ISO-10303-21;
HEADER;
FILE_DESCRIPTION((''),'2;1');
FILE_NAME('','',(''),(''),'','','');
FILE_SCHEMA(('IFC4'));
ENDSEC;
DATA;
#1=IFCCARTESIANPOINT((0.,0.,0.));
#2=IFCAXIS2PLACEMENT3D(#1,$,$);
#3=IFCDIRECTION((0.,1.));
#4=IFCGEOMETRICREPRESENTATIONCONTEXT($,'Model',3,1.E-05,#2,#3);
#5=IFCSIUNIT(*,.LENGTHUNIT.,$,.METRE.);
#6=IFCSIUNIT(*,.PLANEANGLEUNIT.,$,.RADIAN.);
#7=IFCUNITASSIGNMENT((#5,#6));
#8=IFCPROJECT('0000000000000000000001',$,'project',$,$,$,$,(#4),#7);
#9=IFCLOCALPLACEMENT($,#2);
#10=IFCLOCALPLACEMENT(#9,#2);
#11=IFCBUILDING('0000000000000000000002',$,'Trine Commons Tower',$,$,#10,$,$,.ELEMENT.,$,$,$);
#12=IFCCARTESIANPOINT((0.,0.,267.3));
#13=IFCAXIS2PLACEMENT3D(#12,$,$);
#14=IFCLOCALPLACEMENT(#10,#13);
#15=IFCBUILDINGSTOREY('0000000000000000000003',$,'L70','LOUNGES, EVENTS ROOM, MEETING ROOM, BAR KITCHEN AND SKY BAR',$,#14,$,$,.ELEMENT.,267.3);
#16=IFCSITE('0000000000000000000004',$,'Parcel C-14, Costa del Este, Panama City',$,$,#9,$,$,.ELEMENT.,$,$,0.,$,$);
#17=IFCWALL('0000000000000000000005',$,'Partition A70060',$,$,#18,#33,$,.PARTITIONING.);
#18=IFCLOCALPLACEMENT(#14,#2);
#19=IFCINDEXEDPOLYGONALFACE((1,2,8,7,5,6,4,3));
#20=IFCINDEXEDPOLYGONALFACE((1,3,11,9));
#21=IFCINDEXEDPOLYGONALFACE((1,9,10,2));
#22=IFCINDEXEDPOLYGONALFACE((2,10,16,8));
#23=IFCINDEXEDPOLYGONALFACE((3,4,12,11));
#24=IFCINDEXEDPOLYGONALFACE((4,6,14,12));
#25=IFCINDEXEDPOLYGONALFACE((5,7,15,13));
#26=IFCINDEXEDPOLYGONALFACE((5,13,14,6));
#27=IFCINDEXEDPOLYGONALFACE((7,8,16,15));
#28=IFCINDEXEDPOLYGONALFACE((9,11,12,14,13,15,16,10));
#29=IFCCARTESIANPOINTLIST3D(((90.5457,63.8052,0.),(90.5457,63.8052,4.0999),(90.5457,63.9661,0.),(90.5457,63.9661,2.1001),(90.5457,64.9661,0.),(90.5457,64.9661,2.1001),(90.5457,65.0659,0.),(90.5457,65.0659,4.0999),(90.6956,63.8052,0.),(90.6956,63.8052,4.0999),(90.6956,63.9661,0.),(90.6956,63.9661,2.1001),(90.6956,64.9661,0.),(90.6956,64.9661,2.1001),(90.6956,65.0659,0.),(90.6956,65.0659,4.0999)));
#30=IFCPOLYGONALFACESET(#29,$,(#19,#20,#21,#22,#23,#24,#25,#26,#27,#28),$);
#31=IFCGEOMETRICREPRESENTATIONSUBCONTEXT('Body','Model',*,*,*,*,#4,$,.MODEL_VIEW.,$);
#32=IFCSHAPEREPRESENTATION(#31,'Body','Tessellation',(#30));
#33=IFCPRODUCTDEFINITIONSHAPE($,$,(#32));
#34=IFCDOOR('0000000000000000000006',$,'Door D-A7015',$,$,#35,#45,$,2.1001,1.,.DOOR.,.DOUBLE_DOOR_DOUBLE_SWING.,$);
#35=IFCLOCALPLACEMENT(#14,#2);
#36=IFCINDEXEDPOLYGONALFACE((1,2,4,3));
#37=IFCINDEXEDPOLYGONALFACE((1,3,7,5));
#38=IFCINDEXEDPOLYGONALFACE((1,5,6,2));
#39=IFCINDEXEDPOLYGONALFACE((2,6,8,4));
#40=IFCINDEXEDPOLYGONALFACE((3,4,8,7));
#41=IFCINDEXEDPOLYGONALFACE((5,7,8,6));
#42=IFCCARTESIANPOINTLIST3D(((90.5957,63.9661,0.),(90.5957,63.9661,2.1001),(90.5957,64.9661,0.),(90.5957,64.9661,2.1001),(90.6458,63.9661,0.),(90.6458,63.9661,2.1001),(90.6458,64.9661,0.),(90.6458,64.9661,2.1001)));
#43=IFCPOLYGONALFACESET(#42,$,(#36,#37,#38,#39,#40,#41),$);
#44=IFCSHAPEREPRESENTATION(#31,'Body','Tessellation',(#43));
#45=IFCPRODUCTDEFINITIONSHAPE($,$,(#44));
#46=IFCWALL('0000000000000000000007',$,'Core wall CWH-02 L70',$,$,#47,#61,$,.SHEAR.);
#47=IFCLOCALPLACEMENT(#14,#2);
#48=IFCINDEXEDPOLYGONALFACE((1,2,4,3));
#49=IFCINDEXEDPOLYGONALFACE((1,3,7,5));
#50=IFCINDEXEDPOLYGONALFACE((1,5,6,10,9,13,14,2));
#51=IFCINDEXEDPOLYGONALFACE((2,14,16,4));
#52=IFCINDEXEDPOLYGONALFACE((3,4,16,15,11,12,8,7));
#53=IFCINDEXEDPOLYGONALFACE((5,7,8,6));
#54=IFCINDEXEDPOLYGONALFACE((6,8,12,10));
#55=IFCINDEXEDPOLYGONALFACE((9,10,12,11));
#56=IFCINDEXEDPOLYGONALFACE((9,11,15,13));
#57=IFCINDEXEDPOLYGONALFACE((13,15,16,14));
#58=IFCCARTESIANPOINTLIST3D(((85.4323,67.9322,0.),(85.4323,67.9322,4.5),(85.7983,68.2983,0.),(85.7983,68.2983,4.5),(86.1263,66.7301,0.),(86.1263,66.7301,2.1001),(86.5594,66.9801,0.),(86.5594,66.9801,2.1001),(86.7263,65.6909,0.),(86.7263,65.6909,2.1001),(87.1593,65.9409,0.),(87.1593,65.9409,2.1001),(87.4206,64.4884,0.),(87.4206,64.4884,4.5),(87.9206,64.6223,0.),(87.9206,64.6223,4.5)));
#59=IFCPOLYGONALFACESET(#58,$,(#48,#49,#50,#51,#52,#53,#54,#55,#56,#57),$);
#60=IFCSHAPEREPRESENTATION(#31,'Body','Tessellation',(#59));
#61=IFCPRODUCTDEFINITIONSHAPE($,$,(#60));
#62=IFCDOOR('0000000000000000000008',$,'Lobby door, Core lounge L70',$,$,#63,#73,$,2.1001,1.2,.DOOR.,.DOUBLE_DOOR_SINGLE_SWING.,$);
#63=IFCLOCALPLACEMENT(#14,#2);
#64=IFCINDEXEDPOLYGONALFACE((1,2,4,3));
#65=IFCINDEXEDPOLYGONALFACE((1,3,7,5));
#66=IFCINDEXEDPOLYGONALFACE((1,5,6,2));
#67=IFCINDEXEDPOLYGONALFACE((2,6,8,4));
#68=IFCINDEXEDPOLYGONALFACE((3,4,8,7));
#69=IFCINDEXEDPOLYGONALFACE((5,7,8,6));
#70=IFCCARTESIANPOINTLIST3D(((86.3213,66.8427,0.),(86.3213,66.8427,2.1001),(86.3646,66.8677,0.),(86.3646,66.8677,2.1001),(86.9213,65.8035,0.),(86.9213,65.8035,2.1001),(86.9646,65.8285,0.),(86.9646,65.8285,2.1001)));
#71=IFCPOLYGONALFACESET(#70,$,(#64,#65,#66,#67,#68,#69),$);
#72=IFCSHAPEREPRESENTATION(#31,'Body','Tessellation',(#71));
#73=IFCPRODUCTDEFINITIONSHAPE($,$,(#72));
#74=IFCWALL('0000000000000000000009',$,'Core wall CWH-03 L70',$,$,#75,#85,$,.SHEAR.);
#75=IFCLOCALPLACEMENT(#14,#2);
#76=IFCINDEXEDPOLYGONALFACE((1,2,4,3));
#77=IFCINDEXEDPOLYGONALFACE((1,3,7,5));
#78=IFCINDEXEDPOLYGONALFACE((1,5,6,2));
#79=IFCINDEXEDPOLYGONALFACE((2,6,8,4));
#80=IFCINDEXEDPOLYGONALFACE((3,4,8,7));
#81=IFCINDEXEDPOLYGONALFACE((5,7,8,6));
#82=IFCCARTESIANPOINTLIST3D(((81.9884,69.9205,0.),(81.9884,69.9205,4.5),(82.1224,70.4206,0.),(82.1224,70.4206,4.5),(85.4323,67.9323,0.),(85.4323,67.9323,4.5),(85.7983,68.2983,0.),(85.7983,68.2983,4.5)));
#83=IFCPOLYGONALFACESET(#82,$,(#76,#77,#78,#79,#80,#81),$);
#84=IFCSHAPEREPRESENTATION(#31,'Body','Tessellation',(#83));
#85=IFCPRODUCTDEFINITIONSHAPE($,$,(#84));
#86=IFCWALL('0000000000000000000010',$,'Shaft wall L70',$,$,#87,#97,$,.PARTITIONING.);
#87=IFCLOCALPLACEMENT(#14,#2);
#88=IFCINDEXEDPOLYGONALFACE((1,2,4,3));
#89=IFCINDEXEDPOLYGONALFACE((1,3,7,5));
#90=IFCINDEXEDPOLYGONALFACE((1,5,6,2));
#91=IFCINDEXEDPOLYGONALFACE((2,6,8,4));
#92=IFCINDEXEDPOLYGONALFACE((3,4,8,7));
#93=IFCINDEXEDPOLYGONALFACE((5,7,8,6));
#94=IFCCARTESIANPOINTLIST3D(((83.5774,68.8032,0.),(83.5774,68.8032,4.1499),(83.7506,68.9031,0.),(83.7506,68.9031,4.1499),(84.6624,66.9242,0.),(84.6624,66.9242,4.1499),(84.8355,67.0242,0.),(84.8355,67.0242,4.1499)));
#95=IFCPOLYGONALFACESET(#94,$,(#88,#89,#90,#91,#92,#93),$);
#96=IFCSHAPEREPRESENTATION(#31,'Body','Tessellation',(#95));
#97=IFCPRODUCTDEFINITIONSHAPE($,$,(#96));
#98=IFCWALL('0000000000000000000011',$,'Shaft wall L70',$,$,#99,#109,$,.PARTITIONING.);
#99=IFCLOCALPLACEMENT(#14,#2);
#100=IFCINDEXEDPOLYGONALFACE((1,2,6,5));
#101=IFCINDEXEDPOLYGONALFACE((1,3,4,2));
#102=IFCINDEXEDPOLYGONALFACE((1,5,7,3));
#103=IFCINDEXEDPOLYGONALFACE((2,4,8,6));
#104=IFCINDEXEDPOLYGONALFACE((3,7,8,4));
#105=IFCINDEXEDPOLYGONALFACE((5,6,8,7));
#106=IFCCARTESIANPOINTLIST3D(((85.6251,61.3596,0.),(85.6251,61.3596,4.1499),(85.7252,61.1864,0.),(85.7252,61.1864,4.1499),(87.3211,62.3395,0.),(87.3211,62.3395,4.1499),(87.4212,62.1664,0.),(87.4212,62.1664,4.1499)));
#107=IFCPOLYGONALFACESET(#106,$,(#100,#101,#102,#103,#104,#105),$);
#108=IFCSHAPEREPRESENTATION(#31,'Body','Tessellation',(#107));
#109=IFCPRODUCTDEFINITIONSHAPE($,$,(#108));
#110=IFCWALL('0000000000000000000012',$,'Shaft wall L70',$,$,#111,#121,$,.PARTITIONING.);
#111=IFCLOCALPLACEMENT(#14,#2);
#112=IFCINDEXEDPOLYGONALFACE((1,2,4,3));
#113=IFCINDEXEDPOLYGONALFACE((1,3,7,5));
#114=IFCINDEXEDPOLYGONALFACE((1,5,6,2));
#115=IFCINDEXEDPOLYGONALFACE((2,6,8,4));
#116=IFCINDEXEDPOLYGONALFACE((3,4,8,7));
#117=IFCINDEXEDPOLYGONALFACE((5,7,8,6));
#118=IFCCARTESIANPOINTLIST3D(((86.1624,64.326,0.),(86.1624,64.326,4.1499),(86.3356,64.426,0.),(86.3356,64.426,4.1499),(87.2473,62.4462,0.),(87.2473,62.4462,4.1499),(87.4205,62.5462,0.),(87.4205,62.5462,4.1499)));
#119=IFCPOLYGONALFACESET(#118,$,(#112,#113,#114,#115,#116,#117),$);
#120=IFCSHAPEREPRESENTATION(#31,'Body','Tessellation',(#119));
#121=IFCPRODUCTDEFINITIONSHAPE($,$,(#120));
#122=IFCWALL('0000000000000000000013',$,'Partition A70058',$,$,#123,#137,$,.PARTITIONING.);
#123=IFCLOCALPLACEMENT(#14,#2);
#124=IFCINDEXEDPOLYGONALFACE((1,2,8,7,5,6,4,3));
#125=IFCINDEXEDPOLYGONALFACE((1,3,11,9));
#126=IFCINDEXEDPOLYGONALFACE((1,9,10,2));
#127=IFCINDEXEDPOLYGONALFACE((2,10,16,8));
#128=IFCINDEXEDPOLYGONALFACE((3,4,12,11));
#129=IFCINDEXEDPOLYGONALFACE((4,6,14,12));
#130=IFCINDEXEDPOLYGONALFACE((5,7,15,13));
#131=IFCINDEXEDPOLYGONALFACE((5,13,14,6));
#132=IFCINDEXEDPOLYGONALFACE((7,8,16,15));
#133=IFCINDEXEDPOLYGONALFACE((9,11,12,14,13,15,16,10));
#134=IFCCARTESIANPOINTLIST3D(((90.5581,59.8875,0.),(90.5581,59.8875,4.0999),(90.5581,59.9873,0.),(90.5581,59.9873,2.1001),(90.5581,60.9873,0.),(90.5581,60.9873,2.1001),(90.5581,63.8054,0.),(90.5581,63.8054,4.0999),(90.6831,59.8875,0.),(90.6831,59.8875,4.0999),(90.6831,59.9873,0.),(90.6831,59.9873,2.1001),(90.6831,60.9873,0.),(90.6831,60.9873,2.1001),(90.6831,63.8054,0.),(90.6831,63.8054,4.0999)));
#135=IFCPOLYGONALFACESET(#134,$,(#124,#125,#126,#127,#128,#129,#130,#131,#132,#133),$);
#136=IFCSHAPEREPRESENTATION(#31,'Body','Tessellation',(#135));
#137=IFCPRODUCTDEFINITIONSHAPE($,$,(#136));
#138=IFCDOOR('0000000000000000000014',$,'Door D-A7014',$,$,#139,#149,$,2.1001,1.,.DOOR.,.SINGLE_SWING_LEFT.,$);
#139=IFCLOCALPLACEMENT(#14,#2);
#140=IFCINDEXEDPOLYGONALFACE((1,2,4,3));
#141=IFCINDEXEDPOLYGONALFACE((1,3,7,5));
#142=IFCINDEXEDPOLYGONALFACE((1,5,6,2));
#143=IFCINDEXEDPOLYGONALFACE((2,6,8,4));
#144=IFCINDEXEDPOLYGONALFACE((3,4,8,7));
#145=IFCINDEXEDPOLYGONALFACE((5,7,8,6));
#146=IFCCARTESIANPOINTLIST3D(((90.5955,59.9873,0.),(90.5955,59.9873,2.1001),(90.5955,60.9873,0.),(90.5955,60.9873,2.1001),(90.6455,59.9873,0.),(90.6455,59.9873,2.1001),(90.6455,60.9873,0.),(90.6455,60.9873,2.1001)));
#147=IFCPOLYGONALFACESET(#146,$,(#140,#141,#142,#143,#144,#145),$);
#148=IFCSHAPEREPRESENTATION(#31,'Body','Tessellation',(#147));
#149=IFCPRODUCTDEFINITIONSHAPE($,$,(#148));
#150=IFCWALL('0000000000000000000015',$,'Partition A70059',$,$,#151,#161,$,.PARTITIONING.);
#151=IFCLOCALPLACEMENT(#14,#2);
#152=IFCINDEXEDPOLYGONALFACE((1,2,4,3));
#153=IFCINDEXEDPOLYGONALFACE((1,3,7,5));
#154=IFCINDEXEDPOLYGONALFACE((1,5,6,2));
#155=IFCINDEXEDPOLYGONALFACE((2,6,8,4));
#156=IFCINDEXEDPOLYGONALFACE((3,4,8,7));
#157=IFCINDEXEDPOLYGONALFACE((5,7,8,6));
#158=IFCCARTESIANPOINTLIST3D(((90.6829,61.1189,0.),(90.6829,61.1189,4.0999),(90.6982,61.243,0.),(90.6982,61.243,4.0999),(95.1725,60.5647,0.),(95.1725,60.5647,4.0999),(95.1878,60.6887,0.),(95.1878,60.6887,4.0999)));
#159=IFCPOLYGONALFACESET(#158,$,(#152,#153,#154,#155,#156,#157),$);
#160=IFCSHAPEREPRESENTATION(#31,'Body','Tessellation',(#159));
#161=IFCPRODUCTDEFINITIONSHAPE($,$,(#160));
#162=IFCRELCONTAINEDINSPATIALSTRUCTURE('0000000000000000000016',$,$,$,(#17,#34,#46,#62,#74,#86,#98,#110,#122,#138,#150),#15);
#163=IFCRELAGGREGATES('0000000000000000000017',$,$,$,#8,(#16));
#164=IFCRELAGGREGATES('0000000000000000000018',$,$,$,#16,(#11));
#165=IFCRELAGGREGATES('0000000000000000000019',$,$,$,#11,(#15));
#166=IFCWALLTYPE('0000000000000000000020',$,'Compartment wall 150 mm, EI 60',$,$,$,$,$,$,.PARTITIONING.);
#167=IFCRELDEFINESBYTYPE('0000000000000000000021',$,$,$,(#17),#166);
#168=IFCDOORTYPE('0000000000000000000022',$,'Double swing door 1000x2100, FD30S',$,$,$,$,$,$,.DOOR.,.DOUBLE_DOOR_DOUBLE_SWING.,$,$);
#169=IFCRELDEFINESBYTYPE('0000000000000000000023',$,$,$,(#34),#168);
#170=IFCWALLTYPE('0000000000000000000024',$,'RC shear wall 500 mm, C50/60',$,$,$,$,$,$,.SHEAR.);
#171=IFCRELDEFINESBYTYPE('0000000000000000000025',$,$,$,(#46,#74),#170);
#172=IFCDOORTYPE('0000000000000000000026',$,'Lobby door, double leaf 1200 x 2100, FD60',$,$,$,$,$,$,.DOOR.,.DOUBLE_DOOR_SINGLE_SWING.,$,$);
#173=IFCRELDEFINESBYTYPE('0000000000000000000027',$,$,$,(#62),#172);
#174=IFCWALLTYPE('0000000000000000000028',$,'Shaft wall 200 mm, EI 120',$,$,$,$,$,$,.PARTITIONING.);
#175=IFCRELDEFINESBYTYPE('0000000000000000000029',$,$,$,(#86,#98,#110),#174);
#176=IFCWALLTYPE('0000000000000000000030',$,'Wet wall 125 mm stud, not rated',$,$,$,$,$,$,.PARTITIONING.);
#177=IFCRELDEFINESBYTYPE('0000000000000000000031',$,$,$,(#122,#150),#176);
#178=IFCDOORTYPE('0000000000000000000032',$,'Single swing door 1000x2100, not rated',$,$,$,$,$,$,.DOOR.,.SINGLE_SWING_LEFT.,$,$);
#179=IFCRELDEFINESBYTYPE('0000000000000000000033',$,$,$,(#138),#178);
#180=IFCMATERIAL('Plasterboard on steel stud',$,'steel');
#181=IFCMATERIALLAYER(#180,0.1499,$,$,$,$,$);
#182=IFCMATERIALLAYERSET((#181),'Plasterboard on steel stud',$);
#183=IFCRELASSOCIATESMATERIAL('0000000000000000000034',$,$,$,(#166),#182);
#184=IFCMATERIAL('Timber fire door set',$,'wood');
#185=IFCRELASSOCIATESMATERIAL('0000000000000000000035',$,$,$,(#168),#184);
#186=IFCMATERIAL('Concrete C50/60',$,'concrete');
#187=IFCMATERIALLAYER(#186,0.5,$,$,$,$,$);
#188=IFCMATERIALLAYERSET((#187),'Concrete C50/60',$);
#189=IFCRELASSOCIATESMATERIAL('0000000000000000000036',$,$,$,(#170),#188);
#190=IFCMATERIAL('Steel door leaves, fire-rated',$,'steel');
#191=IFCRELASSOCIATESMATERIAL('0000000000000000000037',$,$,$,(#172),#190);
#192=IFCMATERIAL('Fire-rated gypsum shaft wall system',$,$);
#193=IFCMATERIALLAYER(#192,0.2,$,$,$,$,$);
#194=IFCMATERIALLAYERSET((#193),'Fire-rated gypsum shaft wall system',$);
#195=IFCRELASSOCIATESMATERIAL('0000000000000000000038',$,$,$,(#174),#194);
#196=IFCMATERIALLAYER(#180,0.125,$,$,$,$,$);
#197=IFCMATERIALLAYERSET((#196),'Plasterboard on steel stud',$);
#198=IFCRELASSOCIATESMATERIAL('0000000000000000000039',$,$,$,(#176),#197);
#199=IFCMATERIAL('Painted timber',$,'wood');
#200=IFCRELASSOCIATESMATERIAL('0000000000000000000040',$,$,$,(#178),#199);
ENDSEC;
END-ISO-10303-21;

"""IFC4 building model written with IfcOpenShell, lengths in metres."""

from ifc_helpers import new_model, si_unit, direction, frame, frame_2d, origin, place, context, subcontext, project, spatial, polyline, rectangle, outline, extrude, material, layer, layer_set, type_object, element, fill, save


model = new_model("IFC4")

# Units and contexts
model_context = context("Model", 3, precision=1e-05, world=origin(), true_north=direction((0.0, 1.0)))
body_context = subcontext(model_context, "Body", "Model", "MODEL_VIEW")
ifc_project = project(units=[si_unit("LENGTHUNIT", "METRE"), si_unit("PLANEANGLEUNIT", "RADIAN")], contexts=[model_context])

# Site, building, storey
site_placement = place(None, origin())
site = spatial("IfcSite", under=ifc_project, at=site_placement, Name="Parcel C-14, Costa del Este, Panama City", CompositionType="ELEMENT", RefElevation=0.0)
building_placement = place(site_placement, origin())
building = spatial("IfcBuilding", under=site, at=building_placement, Name="Trine Commons Tower", CompositionType="ELEMENT")
storey_placement = place(building_placement, frame((0.0, 0.0, 267.3)))
storey = spatial("IfcBuildingStorey", under=building, at=storey_placement, Name="L70", Description="LOUNGES, EVENTS ROOM, MEETING ROOM, BAR KITCHEN AND SKY BAR", CompositionType="ELEMENT", Elevation=267.3)

# Walls, openings, doors
ifc_material_1 = material(Name="Plasterboard on steel stud", Category="steel")
ifc_layer_1 = layer(ifc_material_1, 0.1499)
ifc_layer_set_1 = layer_set([ifc_layer_1], Name="Plasterboard on steel stud")
wall_type_1 = type_object("IfcWallType", Name="Compartment wall 150 mm, EI 60", PredefinedType="PARTITIONING", material=ifc_layer_set_1)
wall_1_placement = place(storey_placement, frame((90.6206, 63.8052, 0.0), z_axis=(0.0, 0.0, 1.0), x_axis=(0.0, 1.0, 0.0)))
wall_1 = element("IfcWall", 1, at=wall_1_placement, inside=storey, type_object=wall_type_1, Name="Partition A70060", PredefinedType="PARTITIONING", context=body_context, shape_type="SweptSolid", body=[
    extrude(rectangle(XDim=1.2607, YDim=0.1499, at=frame_2d((0.6304, 0.0))), origin(), (0.0, 0.0, 1.0), 4.0999),
])
opening_1_placement = place(wall_1_placement, frame((0.1609, 0.0, 0.0)))
opening_1 = element("IfcOpeningElement", 2, at=opening_1_placement, cuts=wall_1, PredefinedType="OPENING", context=body_context, shape_type="SweptSolid", body=[
    extrude(rectangle(XDim=1.0, YDim=2.1001, at=frame_2d((0.5, 1.05))), frame((0.0, 0.085, 0.0), z_axis=(0.0, -1.0, 0.0), x_axis=(1.0, 0.0, 0.0)), (0.0, 0.0, 1.0), 0.1699),
])
ifc_material_2 = material(Name="Timber fire door set", Category="wood")
door_type_1 = type_object("IfcDoorType", Name="Double swing door 1000x2100, FD30S", OperationType="DOUBLE_DOOR_DOUBLE_SWING", PredefinedType="DOOR", material=ifc_material_2)
door_1_placement = place(opening_1_placement, origin())
door_1 = element("IfcDoor", 3, at=door_1_placement, inside=storey, type_object=door_type_1, Name="Door D-A7015", OperationType="DOUBLE_DOOR_DOUBLE_SWING", OverallHeight=2.1001, OverallWidth=1.0, PredefinedType="DOOR", context=body_context, shape_type="SweptSolid", body=[
    extrude(rectangle(XDim=1.0, YDim=2.1001, at=frame_2d((0.5, 1.05))), frame((0.0, 0.0249, 0.0), z_axis=(0.0, -1.0, 0.0), x_axis=(1.0, 0.0, 0.0)), (0.0, 0.0, 1.0), 0.05),
])
fill(opening_1, door_1)
ifc_material_3 = material(Name="Concrete C50/60", Category="concrete")
ifc_layer_2 = layer(ifc_material_3, 0.5)
ifc_layer_set_2 = layer_set([ifc_layer_2], Name="Concrete C50/60")
wall_type_2 = type_object("IfcWallType", Name="RC shear wall 500 mm, C50/60", PredefinedType="SHEAR", material=ifc_layer_set_2)
wall_2_placement = place(storey_placement, frame((87.7041, 64.4973, 0.0), z_axis=(0.0, 0.0, 1.0), x_axis=(-0.499993, 0.866029, 0.0)))
wall_2 = element("IfcWall", 4, at=wall_2_placement, inside=storey, type_object=wall_type_2, Name="Core wall CWH-02 L70", PredefinedType="SHEAR", context=body_context, shape_type="SweptSolid", body=[
    extrude(outline(polyline([(0.0, -0.25), (4.2446, -0.25), (4.1106, 0.25), (0.134, 0.25), (0.0, -0.25)])), origin(), (0.0, 0.0, 1.0), 4.5),
])
opening_2_placement = place(wall_2_placement, frame((1.5225, 0.0, 0.0)))
opening_2 = element("IfcOpeningElement", 5, at=opening_2_placement, cuts=wall_2, PredefinedType="OPENING", context=body_context, shape_type="SweptSolid", body=[
    extrude(rectangle(XDim=1.2, YDim=2.1001, at=frame_2d((0.6001, 1.05))), frame((0.0, 0.26, 0.0), z_axis=(0.0, -1.0, 0.0), x_axis=(1.0, 0.0, 0.0)), (0.0, 0.0, 1.0), 0.52),
])
ifc_material_4 = material(Name="Steel door leaves, fire-rated", Category="steel")
door_type_2 = type_object("IfcDoorType", Name="Lobby door, double leaf 1200 x 2100, FD60", OperationType="DOUBLE_DOOR_SINGLE_SWING", PredefinedType="DOOR", material=ifc_material_4)
door_2_placement = place(opening_2_placement, origin())
door_2 = element("IfcDoor", 6, at=door_2_placement, inside=storey, type_object=door_type_2, Name="Lobby door, Core lounge L70", OperationType="DOUBLE_DOOR_SINGLE_SWING", OverallHeight=2.1001, OverallWidth=1.2, PredefinedType="DOOR", context=body_context, shape_type="SweptSolid", body=[
    extrude(rectangle(XDim=1.2, YDim=2.1001, at=frame_2d((0.6001, 1.05))), frame((0.0, 0.0249, 0.0), z_axis=(0.0, -1.0, 0.0), x_axis=(1.0, 0.0, 0.0)), (0.0, 0.0, 1.0), 0.05),
])
fill(opening_2, door_2)

# Walls
wall_3_placement = place(storey_placement, frame((85.6733, 68.0818, 0.0), z_axis=(0.0, 0.0, 1.0), x_axis=(-0.866029, 0.499993, 0.0)))
element("IfcWall", 7, at=wall_3_placement, inside=storey, type_object=wall_type_2, Name="Core wall CWH-03 L70", PredefinedType="SHEAR", context=body_context, shape_type="SweptSolid", body=[
    extrude(outline(polyline([(0.0, -0.25), (4.2446, -0.25), (4.1106, 0.25), (0.134, 0.25), (0.0, -0.25)])), origin(), (0.0, 0.0, 1.0), 4.5),
])
ifc_material_5 = material(Name="Fire-rated gypsum shaft wall system")
ifc_layer_3 = layer(ifc_material_5, 0.2)
ifc_layer_set_3 = layer_set([ifc_layer_3], Name="Fire-rated gypsum shaft wall system")
wall_type_3 = type_object("IfcWallType", Name="Shaft wall 200 mm, EI 120", PredefinedType="PARTITIONING", material=ifc_layer_set_3)
wall_4_placement = place(storey_placement, frame((84.749, 66.9741, 0.0), z_axis=(0.0, 0.0, 1.0), x_axis=(-0.50006, 0.865991, 0.0)))
element("IfcWall", 8, at=wall_4_placement, inside=storey, type_object=wall_type_3, Name="Shaft wall L70", PredefinedType="PARTITIONING", context=body_context, shape_type="SweptSolid", body=[
    extrude(rectangle(XDim=2.1697, YDim=0.2, at=frame_2d((1.085, 0.0))), origin(), (0.0, 0.0, 1.0), 4.1499),
])
wall_5_placement = place(storey_placement, frame((85.675, 61.2729, 0.0), z_axis=(0.0, 0.0, 1.0), x_axis=(0.865855, 0.500294, 0.0)))
element("IfcWall", 9, at=wall_5_placement, inside=storey, type_object=wall_type_3, Name="Shaft wall L70", PredefinedType="PARTITIONING", context=body_context, shape_type="SweptSolid", body=[
    extrude(rectangle(XDim=1.9587, YDim=0.2, at=frame_2d((0.9795, 0.0))), origin(), (0.0, 0.0, 1.0), 4.1499),
])
wall_6_placement = place(storey_placement, frame((86.249, 64.376, 0.0), z_axis=(0.0, 0.0, 1.0), x_axis=(0.499865, -0.866103, 0.0)))
element("IfcWall", 10, at=wall_6_placement, inside=storey, type_object=wall_type_3, Name="Shaft wall L70", PredefinedType="PARTITIONING", context=body_context, shape_type="SweptSolid", body=[
    extrude(rectangle(XDim=2.1704, YDim=0.2, at=frame_2d((1.0852, 0.0))), origin(), (0.0, 0.0, 1.0), 4.1499),
])

# Wall, opening, door
ifc_layer_4 = layer(ifc_material_1, 0.125)
ifc_layer_set_4 = layer_set([ifc_layer_4], Name="Plasterboard on steel stud")
wall_type_4 = type_object("IfcWallType", Name="Wet wall 125 mm stud, not rated", PredefinedType="PARTITIONING", material=ifc_layer_set_4)
wall_7_placement = place(storey_placement, frame((90.6206, 63.8054, 0.0), z_axis=(0.0, 0.0, 1.0), x_axis=(0.0, -1.0, 0.0)))
wall_7 = element("IfcWall", 11, at=wall_7_placement, inside=storey, type_object=wall_type_4, Name="Partition A70058", PredefinedType="PARTITIONING", context=body_context, shape_type="SweptSolid", body=[
    extrude(rectangle(XDim=3.918, YDim=0.125, at=frame_2d((1.959, 0.0))), origin(), (0.0, 0.0, 1.0), 4.0999),
])
opening_3_placement = place(wall_7_placement, frame((2.8181, 0.0, 0.0)))
opening_3 = element("IfcOpeningElement", 12, at=opening_3_placement, cuts=wall_7, PredefinedType="OPENING", context=body_context, shape_type="SweptSolid", body=[
    extrude(rectangle(XDim=1.0, YDim=2.1001, at=frame_2d((0.5, 1.05))), frame((0.0, 0.0725, 0.0), z_axis=(0.0, -1.0, 0.0), x_axis=(1.0, 0.0, 0.0)), (0.0, 0.0, 1.0), 0.145),
])
ifc_material_6 = material(Name="Painted timber", Category="wood")
door_type_3 = type_object("IfcDoorType", Name="Single swing door 1000x2100, not rated", OperationType="SINGLE_SWING_LEFT", PredefinedType="DOOR", material=ifc_material_6)
door_3_placement = place(opening_3_placement, origin())
door_3 = element("IfcDoor", 13, at=door_3_placement, inside=storey, type_object=door_type_3, Name="Door D-A7014", OperationType="SINGLE_SWING_LEFT", OverallHeight=2.1001, OverallWidth=1.0, PredefinedType="DOOR", context=body_context, shape_type="SweptSolid", body=[
    extrude(rectangle(XDim=1.0, YDim=2.1001, at=frame_2d((0.5, 1.05))), frame((0.0, 0.0249, 0.0), z_axis=(0.0, -1.0, 0.0), x_axis=(1.0, 0.0, 0.0)), (0.0, 0.0, 1.0), 0.05),
])
fill(opening_3, door_3)

# Wall
wall_8_placement = place(storey_placement, frame((90.6907, 61.1809, 0.0), z_axis=(0.0, 0.0, 1.0), x_axis=(0.992467, -0.122513, 0.0)))
element("IfcWall", 14, at=wall_8_placement, inside=storey, type_object=wall_type_4, Name="Partition A70059", PredefinedType="PARTITIONING", context=body_context, shape_type="SweptSolid", body=[
    extrude(rectangle(XDim=4.5237, YDim=0.125, at=frame_2d((2.2617, 0.0))), origin(), (0.0, 0.0, 1.0), 4.0999),
])

save(model, "model.ifc")
